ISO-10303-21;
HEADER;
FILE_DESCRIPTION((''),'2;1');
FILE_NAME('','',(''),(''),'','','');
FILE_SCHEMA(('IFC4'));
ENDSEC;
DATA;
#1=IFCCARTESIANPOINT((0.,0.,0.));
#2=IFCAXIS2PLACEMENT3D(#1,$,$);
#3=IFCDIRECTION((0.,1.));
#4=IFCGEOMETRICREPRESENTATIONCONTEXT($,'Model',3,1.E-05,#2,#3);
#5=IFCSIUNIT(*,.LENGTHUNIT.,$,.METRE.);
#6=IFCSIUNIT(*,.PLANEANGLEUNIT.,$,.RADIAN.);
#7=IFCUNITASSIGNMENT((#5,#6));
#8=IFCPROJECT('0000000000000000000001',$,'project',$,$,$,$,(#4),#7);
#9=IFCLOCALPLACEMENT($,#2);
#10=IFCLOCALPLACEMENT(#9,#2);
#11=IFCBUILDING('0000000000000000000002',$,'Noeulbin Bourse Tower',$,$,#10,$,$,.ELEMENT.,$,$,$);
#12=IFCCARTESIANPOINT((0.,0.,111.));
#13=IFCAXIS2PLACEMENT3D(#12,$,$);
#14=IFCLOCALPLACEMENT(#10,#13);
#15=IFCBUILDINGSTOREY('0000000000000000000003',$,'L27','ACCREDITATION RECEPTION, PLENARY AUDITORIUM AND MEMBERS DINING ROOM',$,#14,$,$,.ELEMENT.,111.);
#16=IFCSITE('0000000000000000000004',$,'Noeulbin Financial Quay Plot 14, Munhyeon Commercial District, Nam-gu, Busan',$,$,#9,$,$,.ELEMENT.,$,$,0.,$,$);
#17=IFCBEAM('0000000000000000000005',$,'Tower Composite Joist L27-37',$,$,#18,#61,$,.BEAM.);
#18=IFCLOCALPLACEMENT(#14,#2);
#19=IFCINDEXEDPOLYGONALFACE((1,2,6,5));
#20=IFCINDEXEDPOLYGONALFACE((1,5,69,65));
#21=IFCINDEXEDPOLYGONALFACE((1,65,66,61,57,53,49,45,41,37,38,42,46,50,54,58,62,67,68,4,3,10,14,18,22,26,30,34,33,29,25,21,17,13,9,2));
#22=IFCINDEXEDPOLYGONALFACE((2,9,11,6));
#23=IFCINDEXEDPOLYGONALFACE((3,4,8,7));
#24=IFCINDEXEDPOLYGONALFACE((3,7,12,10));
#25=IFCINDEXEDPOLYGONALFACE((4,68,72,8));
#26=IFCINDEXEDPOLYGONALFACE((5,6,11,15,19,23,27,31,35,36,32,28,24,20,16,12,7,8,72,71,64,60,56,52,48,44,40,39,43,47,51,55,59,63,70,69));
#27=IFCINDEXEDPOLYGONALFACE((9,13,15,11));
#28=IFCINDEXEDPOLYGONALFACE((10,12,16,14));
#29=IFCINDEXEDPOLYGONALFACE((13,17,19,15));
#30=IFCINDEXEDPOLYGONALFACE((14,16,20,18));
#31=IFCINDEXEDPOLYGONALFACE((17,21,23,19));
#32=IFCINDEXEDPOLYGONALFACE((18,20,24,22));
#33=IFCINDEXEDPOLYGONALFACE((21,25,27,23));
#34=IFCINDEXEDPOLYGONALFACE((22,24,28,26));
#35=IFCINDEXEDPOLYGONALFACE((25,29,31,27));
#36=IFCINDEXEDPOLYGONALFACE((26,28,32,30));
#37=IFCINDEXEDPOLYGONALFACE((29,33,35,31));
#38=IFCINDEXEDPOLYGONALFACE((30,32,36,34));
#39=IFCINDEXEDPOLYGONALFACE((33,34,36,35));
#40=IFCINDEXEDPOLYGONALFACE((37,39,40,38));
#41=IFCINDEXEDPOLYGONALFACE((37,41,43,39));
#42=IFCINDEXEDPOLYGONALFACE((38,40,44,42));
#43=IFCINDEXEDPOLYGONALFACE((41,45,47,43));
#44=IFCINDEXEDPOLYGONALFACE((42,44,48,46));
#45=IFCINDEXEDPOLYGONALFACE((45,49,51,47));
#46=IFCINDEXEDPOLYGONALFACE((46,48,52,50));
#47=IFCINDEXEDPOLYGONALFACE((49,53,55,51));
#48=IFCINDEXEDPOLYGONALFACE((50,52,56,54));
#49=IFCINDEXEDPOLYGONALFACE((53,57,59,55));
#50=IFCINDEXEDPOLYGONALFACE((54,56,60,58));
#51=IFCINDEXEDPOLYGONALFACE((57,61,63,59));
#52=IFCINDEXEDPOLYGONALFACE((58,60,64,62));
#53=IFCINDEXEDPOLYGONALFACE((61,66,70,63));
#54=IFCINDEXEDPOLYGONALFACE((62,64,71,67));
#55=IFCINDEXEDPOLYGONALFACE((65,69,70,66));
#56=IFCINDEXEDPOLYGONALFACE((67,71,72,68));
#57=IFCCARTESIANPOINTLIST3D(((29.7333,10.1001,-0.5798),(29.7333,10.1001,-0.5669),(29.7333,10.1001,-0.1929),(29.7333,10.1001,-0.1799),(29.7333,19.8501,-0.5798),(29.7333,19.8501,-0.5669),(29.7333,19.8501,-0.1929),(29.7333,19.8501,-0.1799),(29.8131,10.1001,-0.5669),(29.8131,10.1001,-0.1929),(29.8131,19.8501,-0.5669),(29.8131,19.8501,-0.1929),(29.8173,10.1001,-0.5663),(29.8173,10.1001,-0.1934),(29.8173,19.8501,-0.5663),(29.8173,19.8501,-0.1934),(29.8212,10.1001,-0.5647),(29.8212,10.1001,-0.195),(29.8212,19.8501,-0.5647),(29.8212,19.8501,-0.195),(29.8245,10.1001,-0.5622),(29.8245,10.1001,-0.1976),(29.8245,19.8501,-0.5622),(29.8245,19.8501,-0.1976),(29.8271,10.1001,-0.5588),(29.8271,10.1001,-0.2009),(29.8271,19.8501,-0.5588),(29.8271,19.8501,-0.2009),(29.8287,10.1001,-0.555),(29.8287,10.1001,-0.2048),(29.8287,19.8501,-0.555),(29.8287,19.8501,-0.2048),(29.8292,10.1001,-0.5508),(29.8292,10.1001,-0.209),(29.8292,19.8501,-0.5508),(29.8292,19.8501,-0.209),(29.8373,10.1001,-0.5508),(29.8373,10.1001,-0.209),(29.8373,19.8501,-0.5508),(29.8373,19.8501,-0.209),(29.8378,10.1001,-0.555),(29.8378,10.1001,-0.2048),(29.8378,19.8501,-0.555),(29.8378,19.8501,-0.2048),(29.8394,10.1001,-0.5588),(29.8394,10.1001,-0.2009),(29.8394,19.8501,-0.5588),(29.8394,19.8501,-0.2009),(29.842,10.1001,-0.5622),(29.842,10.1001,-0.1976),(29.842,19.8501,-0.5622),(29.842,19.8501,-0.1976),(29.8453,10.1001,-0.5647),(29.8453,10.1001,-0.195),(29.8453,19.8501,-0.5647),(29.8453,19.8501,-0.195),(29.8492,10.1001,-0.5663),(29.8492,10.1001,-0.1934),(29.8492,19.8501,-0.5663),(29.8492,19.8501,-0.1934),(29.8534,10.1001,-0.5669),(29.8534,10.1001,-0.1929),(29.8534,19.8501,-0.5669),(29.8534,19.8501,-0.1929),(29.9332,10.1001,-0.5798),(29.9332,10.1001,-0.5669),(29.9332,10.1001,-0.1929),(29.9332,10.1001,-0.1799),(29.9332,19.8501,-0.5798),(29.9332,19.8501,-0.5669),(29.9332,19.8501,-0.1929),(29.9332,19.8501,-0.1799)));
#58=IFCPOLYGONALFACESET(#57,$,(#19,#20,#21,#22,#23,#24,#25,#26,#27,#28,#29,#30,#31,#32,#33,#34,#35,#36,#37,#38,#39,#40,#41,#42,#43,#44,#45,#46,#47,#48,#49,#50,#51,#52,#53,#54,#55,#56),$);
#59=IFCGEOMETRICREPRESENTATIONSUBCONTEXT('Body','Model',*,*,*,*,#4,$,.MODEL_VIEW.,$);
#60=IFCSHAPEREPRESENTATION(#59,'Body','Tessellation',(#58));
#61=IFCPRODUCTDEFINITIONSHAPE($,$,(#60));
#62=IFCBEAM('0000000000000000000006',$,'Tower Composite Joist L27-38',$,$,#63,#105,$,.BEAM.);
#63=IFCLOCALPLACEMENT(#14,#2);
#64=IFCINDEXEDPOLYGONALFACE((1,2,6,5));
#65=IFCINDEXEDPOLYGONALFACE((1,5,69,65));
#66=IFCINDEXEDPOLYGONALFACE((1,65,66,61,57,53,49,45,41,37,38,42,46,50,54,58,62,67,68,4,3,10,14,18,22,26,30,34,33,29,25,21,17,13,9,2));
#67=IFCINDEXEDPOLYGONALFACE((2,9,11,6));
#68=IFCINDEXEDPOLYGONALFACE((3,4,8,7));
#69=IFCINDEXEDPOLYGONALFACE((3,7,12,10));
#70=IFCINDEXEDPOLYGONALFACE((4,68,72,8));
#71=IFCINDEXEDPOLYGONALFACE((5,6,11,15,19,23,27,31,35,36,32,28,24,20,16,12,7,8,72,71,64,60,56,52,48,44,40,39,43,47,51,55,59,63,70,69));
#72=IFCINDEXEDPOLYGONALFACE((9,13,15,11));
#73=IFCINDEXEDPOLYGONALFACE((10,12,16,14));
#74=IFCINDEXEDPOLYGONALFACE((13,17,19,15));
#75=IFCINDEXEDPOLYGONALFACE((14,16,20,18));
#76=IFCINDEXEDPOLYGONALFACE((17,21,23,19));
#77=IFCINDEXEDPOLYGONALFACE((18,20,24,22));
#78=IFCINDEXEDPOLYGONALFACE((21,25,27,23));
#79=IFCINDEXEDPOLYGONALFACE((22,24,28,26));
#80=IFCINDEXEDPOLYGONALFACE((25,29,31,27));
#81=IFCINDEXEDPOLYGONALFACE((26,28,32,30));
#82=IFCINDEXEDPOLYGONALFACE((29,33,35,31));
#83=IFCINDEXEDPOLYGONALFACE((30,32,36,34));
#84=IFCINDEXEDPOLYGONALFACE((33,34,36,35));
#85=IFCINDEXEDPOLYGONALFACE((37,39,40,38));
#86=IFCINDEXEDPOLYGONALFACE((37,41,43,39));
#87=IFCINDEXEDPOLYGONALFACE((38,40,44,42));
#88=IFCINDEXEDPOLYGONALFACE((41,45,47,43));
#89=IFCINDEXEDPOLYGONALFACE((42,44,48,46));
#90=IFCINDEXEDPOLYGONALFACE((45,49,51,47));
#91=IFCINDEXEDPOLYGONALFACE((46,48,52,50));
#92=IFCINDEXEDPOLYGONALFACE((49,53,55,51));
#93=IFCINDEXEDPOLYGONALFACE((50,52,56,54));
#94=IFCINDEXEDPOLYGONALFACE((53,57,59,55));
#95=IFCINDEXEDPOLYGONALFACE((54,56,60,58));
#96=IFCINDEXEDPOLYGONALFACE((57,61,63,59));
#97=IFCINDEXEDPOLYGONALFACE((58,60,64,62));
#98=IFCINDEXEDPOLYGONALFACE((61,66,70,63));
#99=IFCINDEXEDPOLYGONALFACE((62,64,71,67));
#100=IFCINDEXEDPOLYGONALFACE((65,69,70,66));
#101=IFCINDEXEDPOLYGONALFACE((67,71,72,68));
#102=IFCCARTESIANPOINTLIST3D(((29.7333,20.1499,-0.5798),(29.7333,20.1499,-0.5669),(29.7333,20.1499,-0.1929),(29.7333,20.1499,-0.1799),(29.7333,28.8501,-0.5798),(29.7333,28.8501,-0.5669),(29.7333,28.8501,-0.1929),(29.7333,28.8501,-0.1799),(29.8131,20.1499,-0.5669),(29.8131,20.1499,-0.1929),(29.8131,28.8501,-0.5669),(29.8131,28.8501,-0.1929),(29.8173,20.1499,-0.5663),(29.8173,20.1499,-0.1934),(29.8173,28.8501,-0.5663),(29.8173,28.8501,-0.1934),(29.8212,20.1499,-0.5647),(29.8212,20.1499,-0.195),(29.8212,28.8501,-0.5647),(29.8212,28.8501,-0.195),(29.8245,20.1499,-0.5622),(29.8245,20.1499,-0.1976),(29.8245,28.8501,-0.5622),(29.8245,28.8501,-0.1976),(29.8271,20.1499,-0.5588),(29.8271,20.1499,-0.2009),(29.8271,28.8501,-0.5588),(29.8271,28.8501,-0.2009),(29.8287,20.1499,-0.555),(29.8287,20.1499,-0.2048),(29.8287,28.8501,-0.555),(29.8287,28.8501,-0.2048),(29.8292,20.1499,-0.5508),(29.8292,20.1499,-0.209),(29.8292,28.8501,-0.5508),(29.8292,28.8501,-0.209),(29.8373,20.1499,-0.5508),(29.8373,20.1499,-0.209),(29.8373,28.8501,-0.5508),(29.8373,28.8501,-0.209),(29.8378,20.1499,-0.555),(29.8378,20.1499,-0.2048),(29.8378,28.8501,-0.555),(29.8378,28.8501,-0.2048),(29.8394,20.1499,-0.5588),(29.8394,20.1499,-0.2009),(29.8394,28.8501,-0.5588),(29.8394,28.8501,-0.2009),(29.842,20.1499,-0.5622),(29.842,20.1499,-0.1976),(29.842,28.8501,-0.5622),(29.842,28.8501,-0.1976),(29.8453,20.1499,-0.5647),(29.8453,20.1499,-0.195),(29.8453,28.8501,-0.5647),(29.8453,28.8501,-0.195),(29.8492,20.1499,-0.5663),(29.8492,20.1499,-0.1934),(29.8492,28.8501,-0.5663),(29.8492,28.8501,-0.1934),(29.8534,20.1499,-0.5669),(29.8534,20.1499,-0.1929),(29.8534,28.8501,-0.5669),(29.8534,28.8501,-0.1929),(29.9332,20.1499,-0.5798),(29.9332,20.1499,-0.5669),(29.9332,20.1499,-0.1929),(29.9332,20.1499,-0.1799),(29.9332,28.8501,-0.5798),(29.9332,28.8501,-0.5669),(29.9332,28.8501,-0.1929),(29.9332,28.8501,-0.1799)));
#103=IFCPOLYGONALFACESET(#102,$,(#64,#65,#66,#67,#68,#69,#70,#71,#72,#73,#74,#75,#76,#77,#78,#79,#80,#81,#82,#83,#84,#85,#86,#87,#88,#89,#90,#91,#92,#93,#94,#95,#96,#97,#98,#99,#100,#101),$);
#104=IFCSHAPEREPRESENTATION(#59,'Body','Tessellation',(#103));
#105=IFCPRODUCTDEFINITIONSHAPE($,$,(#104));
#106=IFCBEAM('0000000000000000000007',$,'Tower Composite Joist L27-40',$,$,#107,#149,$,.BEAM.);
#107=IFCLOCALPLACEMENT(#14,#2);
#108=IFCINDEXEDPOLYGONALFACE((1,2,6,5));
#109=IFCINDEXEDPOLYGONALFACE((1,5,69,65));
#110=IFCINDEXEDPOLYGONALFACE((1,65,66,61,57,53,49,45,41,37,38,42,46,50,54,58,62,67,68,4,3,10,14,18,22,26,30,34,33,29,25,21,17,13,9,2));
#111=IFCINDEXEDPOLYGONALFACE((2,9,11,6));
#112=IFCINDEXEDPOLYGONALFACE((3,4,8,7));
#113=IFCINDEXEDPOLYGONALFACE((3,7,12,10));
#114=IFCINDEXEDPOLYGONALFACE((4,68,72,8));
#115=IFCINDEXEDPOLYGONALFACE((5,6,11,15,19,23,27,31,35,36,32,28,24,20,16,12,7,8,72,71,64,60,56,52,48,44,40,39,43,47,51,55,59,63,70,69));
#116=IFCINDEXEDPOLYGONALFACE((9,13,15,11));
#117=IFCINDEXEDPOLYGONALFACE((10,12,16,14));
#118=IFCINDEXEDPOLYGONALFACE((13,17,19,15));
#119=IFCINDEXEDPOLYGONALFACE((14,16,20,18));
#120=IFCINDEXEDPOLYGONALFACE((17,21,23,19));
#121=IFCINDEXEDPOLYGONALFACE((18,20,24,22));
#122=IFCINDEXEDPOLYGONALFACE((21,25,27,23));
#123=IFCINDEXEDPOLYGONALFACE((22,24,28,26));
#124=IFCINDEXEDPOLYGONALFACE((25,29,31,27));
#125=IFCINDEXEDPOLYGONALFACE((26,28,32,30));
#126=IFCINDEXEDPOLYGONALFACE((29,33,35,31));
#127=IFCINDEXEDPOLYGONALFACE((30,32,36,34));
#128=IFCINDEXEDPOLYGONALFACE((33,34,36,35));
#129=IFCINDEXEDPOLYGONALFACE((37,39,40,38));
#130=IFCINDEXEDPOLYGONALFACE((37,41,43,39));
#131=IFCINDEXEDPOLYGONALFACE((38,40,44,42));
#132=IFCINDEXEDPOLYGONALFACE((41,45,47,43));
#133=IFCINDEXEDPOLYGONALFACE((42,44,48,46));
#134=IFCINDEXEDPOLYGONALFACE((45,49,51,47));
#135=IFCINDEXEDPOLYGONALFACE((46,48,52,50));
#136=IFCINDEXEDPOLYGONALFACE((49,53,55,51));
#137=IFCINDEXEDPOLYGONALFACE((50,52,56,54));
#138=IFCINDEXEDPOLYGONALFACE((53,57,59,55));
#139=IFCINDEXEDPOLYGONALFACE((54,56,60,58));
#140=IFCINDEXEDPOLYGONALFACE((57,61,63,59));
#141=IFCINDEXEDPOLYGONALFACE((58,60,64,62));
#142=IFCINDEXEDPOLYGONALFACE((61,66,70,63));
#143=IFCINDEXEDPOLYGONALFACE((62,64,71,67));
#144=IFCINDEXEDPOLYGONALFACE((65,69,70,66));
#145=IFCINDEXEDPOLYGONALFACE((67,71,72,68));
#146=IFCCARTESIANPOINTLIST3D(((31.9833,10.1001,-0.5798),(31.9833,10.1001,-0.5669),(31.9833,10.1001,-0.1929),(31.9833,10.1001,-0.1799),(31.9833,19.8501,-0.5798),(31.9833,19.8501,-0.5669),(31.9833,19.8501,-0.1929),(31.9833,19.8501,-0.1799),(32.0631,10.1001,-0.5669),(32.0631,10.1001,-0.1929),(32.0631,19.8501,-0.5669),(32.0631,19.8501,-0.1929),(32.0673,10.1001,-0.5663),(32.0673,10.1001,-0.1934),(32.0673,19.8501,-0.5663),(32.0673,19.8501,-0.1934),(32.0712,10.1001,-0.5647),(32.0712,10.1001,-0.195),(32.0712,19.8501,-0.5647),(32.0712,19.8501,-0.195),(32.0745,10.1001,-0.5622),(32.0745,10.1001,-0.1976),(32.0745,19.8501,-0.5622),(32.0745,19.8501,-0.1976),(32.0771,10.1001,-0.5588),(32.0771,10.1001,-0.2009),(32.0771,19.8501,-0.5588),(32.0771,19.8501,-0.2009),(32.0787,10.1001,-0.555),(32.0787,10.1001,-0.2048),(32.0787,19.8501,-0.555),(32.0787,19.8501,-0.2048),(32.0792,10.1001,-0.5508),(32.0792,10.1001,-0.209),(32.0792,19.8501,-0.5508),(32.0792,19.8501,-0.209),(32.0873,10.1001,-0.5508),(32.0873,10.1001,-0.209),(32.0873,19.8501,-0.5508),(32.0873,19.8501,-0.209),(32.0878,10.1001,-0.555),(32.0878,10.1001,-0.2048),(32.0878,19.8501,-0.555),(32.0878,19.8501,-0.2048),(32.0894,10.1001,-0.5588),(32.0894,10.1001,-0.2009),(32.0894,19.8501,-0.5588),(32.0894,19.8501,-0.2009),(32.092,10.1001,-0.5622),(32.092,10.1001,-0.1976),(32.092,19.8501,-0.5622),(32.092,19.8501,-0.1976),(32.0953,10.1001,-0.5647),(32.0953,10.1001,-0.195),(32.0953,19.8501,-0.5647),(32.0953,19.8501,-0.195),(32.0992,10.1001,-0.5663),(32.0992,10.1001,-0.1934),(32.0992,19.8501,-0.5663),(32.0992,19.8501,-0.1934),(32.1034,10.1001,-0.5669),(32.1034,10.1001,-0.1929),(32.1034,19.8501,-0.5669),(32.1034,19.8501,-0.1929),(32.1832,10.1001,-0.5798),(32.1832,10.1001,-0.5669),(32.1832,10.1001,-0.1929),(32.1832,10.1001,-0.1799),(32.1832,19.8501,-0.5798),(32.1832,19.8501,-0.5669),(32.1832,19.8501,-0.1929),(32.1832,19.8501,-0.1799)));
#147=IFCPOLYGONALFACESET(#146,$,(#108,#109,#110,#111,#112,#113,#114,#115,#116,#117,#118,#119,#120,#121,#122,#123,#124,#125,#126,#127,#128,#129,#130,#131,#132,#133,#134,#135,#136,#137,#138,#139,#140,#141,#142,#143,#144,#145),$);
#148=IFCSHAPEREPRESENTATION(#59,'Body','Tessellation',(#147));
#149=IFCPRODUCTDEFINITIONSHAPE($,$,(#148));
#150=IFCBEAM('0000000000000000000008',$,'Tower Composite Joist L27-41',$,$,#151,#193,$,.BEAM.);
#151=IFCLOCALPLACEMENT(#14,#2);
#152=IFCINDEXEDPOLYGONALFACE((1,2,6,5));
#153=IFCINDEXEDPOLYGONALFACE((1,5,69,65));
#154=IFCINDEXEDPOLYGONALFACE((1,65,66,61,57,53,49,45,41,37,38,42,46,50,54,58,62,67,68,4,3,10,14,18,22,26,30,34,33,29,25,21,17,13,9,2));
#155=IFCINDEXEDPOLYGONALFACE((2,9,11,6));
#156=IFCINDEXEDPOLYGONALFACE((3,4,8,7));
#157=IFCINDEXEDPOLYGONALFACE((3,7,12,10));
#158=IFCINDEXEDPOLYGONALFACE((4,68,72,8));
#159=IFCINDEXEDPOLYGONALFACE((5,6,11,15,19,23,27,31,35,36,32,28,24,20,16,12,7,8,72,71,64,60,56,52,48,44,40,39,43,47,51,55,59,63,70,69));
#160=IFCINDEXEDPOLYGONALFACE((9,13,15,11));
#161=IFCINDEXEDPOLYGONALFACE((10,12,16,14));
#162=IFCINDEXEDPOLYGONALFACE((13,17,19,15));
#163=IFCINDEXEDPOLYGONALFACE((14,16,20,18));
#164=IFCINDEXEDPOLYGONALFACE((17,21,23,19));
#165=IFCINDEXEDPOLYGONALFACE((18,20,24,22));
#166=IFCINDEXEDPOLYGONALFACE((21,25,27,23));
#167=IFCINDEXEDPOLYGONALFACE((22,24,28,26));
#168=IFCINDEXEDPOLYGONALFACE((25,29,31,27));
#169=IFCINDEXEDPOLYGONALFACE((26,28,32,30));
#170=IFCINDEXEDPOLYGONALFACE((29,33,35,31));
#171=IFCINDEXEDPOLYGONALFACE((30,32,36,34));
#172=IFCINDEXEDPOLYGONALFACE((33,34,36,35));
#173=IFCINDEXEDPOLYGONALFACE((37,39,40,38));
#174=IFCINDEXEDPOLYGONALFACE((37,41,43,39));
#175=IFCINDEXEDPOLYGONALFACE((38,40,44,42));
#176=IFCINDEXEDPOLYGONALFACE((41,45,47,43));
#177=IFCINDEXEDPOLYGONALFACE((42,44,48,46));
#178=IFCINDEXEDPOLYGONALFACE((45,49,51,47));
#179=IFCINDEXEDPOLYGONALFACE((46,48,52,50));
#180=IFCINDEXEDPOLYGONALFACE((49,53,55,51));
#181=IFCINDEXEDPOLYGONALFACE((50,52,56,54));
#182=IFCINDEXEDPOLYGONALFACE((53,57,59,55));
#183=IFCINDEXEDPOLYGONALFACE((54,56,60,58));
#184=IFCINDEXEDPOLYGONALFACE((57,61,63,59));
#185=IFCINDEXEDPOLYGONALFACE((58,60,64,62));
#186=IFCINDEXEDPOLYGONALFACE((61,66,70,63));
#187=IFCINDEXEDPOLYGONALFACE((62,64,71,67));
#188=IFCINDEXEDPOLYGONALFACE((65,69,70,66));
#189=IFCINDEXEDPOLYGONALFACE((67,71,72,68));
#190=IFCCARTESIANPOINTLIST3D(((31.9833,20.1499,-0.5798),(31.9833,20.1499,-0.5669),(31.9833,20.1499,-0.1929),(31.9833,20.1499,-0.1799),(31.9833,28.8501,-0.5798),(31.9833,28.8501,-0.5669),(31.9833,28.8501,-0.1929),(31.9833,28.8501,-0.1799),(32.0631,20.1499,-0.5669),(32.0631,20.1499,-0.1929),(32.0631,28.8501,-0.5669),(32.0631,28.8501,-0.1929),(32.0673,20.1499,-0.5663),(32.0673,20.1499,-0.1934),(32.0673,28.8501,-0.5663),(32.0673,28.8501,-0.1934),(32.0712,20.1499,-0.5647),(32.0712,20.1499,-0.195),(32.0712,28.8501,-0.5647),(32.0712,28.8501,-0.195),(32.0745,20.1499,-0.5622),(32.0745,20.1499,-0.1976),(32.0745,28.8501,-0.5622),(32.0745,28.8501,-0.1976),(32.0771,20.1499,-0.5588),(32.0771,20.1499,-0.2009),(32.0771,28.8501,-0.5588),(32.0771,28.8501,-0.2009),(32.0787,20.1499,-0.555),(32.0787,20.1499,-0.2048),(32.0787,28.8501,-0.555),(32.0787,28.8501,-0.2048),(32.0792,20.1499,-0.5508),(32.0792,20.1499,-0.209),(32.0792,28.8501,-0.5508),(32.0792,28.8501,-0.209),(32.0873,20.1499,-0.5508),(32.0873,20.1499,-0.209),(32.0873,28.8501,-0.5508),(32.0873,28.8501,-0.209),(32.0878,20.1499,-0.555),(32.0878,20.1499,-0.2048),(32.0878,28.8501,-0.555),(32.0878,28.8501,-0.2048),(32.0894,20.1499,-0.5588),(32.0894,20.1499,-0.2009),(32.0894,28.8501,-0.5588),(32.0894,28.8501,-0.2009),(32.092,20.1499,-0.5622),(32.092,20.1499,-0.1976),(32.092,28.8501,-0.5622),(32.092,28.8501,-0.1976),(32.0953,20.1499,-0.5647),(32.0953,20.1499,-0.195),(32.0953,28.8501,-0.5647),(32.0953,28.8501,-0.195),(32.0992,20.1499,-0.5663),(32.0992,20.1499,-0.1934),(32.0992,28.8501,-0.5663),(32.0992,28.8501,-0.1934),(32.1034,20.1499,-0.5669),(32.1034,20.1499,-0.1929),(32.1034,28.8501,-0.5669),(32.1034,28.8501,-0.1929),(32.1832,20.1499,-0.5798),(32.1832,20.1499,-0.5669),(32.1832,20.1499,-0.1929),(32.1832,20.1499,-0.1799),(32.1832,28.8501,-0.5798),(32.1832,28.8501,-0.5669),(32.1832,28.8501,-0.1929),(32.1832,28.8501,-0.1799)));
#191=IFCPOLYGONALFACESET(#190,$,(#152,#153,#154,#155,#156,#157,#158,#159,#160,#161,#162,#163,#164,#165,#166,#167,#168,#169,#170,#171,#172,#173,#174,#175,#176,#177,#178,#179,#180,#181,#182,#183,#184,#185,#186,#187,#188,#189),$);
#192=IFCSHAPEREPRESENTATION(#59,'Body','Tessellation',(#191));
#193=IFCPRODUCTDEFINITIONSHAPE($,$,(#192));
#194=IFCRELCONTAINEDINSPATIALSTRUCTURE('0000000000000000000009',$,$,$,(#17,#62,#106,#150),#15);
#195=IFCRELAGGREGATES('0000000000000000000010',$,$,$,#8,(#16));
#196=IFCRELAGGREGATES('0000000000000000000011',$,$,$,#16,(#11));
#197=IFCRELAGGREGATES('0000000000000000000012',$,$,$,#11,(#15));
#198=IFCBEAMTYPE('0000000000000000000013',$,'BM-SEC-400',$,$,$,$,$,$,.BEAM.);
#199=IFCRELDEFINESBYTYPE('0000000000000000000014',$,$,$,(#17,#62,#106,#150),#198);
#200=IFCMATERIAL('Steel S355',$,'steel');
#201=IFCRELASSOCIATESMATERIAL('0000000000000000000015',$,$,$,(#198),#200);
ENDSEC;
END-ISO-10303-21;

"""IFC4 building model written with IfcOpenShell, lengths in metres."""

from ifc_helpers import new_model, si_unit, direction, frame, origin, origin_2d, place, context, subcontext, project, spatial, i_section, extrude, material, material_profile, profile_set, type_object, element, save


model = new_model("IFC4")

# Units and contexts
model_context = context("Model", 3, precision=1e-05, world=origin(), true_north=direction((0.0, 1.0)))
body_context = subcontext(model_context, "Body", "Model", "MODEL_VIEW")
ifc_project = project(units=[si_unit("LENGTHUNIT", "METRE"), si_unit("PLANEANGLEUNIT", "RADIAN")], contexts=[model_context])

# Site, building, storey
site_placement = place(None, origin())
site = spatial("IfcSite", under=ifc_project, at=site_placement, Name="Noeulbin Financial Quay Plot 14, Munhyeon Commercial District, Nam-gu, Busan", CompositionType="ELEMENT", RefElevation=0.0)
building_placement = place(site_placement, origin())
building = spatial("IfcBuilding", under=site, at=building_placement, Name="Noeulbin Bourse Tower", CompositionType="ELEMENT")
storey_placement = place(building_placement, frame((0.0, 0.0, 111.0)))
storey = spatial("IfcBuildingStorey", under=building, at=storey_placement, Name="L27", Description="ACCREDITATION RECEPTION, PLENARY AUDITORIUM AND MEMBERS DINING ROOM", CompositionType="ELEMENT", Elevation=111.0)

# Beams
ifc_material_1 = material(Name="Steel S355", Category="steel")
ifc_material_profile_1 = material_profile(ifc_material_1, i_section(OverallWidth=0.2, OverallDepth=0.3999, WebThickness=0.0081, FlangeThickness=0.0129, FilletRadius=0.0161, at=origin_2d()), Name="H-400x200x8x13", Category="LoadBearing")
ifc_profile_set_1 = profile_set([ifc_material_profile_1], Name="Steel S355")
beam_type_1 = type_object("IfcBeamType", Name="BM-SEC-400", PredefinedType="BEAM", material=ifc_profile_set_1)
beam_1_placement = place(storey_placement, frame((29.8333, 10.1001, -0.3799), z_axis=(0.0, 1.0, 0.0), x_axis=(-1.0, 0.0, 0.0)))
element("IfcBeam", 1, at=beam_1_placement, inside=storey, type_object=beam_type_1, Name="Tower Composite Joist L27-37", PredefinedType="BEAM", context=body_context, shape_type="SweptSolid", body=[
    extrude(i_section(OverallWidth=0.2, OverallDepth=0.3999, WebThickness=0.0081, FlangeThickness=0.0129, FilletRadius=0.0161, at=origin_2d()), origin(), (0.0, 0.0, 1.0), 9.75),
])
beam_2_placement = place(storey_placement, frame((29.8333, 20.1499, -0.3799), z_axis=(0.0, 1.0, 0.0), x_axis=(-1.0, 0.0, 0.0)))
element("IfcBeam", 2, at=beam_2_placement, inside=storey, type_object=beam_type_1, Name="Tower Composite Joist L27-38", PredefinedType="BEAM", context=body_context, shape_type="SweptSolid", body=[
    extrude(i_section(OverallWidth=0.2, OverallDepth=0.3999, WebThickness=0.0081, FlangeThickness=0.0129, FilletRadius=0.0161, at=origin_2d()), origin(), (0.0, 0.0, 1.0), 8.7002),
])
beam_3_placement = place(storey_placement, frame((32.0833, 10.1001, -0.3799), z_axis=(0.0, 1.0, 0.0), x_axis=(-1.0, 0.0, 0.0)))
element("IfcBeam", 3, at=beam_3_placement, inside=storey, type_object=beam_type_1, Name="Tower Composite Joist L27-40", PredefinedType="BEAM", context=body_context, shape_type="SweptSolid", body=[
    extrude(i_section(OverallWidth=0.2, OverallDepth=0.3999, WebThickness=0.0081, FlangeThickness=0.0129, FilletRadius=0.0161, at=origin_2d()), origin(), (0.0, 0.0, 1.0), 9.75),
])
beam_4_placement = place(storey_placement, frame((32.0833, 20.1499, -0.3799), z_axis=(0.0, 1.0, 0.0), x_axis=(-1.0, 0.0, 0.0)))
element("IfcBeam", 4, at=beam_4_placement, inside=storey, type_object=beam_type_1, Name="Tower Composite Joist L27-41", PredefinedType="BEAM", context=body_context, shape_type="SweptSolid", body=[
    extrude(i_section(OverallWidth=0.2, OverallDepth=0.3999, WebThickness=0.0081, FlangeThickness=0.0129, FilletRadius=0.0161, at=origin_2d()), origin(), (0.0, 0.0, 1.0), 8.7002),
])

save(model, "model.ifc")
